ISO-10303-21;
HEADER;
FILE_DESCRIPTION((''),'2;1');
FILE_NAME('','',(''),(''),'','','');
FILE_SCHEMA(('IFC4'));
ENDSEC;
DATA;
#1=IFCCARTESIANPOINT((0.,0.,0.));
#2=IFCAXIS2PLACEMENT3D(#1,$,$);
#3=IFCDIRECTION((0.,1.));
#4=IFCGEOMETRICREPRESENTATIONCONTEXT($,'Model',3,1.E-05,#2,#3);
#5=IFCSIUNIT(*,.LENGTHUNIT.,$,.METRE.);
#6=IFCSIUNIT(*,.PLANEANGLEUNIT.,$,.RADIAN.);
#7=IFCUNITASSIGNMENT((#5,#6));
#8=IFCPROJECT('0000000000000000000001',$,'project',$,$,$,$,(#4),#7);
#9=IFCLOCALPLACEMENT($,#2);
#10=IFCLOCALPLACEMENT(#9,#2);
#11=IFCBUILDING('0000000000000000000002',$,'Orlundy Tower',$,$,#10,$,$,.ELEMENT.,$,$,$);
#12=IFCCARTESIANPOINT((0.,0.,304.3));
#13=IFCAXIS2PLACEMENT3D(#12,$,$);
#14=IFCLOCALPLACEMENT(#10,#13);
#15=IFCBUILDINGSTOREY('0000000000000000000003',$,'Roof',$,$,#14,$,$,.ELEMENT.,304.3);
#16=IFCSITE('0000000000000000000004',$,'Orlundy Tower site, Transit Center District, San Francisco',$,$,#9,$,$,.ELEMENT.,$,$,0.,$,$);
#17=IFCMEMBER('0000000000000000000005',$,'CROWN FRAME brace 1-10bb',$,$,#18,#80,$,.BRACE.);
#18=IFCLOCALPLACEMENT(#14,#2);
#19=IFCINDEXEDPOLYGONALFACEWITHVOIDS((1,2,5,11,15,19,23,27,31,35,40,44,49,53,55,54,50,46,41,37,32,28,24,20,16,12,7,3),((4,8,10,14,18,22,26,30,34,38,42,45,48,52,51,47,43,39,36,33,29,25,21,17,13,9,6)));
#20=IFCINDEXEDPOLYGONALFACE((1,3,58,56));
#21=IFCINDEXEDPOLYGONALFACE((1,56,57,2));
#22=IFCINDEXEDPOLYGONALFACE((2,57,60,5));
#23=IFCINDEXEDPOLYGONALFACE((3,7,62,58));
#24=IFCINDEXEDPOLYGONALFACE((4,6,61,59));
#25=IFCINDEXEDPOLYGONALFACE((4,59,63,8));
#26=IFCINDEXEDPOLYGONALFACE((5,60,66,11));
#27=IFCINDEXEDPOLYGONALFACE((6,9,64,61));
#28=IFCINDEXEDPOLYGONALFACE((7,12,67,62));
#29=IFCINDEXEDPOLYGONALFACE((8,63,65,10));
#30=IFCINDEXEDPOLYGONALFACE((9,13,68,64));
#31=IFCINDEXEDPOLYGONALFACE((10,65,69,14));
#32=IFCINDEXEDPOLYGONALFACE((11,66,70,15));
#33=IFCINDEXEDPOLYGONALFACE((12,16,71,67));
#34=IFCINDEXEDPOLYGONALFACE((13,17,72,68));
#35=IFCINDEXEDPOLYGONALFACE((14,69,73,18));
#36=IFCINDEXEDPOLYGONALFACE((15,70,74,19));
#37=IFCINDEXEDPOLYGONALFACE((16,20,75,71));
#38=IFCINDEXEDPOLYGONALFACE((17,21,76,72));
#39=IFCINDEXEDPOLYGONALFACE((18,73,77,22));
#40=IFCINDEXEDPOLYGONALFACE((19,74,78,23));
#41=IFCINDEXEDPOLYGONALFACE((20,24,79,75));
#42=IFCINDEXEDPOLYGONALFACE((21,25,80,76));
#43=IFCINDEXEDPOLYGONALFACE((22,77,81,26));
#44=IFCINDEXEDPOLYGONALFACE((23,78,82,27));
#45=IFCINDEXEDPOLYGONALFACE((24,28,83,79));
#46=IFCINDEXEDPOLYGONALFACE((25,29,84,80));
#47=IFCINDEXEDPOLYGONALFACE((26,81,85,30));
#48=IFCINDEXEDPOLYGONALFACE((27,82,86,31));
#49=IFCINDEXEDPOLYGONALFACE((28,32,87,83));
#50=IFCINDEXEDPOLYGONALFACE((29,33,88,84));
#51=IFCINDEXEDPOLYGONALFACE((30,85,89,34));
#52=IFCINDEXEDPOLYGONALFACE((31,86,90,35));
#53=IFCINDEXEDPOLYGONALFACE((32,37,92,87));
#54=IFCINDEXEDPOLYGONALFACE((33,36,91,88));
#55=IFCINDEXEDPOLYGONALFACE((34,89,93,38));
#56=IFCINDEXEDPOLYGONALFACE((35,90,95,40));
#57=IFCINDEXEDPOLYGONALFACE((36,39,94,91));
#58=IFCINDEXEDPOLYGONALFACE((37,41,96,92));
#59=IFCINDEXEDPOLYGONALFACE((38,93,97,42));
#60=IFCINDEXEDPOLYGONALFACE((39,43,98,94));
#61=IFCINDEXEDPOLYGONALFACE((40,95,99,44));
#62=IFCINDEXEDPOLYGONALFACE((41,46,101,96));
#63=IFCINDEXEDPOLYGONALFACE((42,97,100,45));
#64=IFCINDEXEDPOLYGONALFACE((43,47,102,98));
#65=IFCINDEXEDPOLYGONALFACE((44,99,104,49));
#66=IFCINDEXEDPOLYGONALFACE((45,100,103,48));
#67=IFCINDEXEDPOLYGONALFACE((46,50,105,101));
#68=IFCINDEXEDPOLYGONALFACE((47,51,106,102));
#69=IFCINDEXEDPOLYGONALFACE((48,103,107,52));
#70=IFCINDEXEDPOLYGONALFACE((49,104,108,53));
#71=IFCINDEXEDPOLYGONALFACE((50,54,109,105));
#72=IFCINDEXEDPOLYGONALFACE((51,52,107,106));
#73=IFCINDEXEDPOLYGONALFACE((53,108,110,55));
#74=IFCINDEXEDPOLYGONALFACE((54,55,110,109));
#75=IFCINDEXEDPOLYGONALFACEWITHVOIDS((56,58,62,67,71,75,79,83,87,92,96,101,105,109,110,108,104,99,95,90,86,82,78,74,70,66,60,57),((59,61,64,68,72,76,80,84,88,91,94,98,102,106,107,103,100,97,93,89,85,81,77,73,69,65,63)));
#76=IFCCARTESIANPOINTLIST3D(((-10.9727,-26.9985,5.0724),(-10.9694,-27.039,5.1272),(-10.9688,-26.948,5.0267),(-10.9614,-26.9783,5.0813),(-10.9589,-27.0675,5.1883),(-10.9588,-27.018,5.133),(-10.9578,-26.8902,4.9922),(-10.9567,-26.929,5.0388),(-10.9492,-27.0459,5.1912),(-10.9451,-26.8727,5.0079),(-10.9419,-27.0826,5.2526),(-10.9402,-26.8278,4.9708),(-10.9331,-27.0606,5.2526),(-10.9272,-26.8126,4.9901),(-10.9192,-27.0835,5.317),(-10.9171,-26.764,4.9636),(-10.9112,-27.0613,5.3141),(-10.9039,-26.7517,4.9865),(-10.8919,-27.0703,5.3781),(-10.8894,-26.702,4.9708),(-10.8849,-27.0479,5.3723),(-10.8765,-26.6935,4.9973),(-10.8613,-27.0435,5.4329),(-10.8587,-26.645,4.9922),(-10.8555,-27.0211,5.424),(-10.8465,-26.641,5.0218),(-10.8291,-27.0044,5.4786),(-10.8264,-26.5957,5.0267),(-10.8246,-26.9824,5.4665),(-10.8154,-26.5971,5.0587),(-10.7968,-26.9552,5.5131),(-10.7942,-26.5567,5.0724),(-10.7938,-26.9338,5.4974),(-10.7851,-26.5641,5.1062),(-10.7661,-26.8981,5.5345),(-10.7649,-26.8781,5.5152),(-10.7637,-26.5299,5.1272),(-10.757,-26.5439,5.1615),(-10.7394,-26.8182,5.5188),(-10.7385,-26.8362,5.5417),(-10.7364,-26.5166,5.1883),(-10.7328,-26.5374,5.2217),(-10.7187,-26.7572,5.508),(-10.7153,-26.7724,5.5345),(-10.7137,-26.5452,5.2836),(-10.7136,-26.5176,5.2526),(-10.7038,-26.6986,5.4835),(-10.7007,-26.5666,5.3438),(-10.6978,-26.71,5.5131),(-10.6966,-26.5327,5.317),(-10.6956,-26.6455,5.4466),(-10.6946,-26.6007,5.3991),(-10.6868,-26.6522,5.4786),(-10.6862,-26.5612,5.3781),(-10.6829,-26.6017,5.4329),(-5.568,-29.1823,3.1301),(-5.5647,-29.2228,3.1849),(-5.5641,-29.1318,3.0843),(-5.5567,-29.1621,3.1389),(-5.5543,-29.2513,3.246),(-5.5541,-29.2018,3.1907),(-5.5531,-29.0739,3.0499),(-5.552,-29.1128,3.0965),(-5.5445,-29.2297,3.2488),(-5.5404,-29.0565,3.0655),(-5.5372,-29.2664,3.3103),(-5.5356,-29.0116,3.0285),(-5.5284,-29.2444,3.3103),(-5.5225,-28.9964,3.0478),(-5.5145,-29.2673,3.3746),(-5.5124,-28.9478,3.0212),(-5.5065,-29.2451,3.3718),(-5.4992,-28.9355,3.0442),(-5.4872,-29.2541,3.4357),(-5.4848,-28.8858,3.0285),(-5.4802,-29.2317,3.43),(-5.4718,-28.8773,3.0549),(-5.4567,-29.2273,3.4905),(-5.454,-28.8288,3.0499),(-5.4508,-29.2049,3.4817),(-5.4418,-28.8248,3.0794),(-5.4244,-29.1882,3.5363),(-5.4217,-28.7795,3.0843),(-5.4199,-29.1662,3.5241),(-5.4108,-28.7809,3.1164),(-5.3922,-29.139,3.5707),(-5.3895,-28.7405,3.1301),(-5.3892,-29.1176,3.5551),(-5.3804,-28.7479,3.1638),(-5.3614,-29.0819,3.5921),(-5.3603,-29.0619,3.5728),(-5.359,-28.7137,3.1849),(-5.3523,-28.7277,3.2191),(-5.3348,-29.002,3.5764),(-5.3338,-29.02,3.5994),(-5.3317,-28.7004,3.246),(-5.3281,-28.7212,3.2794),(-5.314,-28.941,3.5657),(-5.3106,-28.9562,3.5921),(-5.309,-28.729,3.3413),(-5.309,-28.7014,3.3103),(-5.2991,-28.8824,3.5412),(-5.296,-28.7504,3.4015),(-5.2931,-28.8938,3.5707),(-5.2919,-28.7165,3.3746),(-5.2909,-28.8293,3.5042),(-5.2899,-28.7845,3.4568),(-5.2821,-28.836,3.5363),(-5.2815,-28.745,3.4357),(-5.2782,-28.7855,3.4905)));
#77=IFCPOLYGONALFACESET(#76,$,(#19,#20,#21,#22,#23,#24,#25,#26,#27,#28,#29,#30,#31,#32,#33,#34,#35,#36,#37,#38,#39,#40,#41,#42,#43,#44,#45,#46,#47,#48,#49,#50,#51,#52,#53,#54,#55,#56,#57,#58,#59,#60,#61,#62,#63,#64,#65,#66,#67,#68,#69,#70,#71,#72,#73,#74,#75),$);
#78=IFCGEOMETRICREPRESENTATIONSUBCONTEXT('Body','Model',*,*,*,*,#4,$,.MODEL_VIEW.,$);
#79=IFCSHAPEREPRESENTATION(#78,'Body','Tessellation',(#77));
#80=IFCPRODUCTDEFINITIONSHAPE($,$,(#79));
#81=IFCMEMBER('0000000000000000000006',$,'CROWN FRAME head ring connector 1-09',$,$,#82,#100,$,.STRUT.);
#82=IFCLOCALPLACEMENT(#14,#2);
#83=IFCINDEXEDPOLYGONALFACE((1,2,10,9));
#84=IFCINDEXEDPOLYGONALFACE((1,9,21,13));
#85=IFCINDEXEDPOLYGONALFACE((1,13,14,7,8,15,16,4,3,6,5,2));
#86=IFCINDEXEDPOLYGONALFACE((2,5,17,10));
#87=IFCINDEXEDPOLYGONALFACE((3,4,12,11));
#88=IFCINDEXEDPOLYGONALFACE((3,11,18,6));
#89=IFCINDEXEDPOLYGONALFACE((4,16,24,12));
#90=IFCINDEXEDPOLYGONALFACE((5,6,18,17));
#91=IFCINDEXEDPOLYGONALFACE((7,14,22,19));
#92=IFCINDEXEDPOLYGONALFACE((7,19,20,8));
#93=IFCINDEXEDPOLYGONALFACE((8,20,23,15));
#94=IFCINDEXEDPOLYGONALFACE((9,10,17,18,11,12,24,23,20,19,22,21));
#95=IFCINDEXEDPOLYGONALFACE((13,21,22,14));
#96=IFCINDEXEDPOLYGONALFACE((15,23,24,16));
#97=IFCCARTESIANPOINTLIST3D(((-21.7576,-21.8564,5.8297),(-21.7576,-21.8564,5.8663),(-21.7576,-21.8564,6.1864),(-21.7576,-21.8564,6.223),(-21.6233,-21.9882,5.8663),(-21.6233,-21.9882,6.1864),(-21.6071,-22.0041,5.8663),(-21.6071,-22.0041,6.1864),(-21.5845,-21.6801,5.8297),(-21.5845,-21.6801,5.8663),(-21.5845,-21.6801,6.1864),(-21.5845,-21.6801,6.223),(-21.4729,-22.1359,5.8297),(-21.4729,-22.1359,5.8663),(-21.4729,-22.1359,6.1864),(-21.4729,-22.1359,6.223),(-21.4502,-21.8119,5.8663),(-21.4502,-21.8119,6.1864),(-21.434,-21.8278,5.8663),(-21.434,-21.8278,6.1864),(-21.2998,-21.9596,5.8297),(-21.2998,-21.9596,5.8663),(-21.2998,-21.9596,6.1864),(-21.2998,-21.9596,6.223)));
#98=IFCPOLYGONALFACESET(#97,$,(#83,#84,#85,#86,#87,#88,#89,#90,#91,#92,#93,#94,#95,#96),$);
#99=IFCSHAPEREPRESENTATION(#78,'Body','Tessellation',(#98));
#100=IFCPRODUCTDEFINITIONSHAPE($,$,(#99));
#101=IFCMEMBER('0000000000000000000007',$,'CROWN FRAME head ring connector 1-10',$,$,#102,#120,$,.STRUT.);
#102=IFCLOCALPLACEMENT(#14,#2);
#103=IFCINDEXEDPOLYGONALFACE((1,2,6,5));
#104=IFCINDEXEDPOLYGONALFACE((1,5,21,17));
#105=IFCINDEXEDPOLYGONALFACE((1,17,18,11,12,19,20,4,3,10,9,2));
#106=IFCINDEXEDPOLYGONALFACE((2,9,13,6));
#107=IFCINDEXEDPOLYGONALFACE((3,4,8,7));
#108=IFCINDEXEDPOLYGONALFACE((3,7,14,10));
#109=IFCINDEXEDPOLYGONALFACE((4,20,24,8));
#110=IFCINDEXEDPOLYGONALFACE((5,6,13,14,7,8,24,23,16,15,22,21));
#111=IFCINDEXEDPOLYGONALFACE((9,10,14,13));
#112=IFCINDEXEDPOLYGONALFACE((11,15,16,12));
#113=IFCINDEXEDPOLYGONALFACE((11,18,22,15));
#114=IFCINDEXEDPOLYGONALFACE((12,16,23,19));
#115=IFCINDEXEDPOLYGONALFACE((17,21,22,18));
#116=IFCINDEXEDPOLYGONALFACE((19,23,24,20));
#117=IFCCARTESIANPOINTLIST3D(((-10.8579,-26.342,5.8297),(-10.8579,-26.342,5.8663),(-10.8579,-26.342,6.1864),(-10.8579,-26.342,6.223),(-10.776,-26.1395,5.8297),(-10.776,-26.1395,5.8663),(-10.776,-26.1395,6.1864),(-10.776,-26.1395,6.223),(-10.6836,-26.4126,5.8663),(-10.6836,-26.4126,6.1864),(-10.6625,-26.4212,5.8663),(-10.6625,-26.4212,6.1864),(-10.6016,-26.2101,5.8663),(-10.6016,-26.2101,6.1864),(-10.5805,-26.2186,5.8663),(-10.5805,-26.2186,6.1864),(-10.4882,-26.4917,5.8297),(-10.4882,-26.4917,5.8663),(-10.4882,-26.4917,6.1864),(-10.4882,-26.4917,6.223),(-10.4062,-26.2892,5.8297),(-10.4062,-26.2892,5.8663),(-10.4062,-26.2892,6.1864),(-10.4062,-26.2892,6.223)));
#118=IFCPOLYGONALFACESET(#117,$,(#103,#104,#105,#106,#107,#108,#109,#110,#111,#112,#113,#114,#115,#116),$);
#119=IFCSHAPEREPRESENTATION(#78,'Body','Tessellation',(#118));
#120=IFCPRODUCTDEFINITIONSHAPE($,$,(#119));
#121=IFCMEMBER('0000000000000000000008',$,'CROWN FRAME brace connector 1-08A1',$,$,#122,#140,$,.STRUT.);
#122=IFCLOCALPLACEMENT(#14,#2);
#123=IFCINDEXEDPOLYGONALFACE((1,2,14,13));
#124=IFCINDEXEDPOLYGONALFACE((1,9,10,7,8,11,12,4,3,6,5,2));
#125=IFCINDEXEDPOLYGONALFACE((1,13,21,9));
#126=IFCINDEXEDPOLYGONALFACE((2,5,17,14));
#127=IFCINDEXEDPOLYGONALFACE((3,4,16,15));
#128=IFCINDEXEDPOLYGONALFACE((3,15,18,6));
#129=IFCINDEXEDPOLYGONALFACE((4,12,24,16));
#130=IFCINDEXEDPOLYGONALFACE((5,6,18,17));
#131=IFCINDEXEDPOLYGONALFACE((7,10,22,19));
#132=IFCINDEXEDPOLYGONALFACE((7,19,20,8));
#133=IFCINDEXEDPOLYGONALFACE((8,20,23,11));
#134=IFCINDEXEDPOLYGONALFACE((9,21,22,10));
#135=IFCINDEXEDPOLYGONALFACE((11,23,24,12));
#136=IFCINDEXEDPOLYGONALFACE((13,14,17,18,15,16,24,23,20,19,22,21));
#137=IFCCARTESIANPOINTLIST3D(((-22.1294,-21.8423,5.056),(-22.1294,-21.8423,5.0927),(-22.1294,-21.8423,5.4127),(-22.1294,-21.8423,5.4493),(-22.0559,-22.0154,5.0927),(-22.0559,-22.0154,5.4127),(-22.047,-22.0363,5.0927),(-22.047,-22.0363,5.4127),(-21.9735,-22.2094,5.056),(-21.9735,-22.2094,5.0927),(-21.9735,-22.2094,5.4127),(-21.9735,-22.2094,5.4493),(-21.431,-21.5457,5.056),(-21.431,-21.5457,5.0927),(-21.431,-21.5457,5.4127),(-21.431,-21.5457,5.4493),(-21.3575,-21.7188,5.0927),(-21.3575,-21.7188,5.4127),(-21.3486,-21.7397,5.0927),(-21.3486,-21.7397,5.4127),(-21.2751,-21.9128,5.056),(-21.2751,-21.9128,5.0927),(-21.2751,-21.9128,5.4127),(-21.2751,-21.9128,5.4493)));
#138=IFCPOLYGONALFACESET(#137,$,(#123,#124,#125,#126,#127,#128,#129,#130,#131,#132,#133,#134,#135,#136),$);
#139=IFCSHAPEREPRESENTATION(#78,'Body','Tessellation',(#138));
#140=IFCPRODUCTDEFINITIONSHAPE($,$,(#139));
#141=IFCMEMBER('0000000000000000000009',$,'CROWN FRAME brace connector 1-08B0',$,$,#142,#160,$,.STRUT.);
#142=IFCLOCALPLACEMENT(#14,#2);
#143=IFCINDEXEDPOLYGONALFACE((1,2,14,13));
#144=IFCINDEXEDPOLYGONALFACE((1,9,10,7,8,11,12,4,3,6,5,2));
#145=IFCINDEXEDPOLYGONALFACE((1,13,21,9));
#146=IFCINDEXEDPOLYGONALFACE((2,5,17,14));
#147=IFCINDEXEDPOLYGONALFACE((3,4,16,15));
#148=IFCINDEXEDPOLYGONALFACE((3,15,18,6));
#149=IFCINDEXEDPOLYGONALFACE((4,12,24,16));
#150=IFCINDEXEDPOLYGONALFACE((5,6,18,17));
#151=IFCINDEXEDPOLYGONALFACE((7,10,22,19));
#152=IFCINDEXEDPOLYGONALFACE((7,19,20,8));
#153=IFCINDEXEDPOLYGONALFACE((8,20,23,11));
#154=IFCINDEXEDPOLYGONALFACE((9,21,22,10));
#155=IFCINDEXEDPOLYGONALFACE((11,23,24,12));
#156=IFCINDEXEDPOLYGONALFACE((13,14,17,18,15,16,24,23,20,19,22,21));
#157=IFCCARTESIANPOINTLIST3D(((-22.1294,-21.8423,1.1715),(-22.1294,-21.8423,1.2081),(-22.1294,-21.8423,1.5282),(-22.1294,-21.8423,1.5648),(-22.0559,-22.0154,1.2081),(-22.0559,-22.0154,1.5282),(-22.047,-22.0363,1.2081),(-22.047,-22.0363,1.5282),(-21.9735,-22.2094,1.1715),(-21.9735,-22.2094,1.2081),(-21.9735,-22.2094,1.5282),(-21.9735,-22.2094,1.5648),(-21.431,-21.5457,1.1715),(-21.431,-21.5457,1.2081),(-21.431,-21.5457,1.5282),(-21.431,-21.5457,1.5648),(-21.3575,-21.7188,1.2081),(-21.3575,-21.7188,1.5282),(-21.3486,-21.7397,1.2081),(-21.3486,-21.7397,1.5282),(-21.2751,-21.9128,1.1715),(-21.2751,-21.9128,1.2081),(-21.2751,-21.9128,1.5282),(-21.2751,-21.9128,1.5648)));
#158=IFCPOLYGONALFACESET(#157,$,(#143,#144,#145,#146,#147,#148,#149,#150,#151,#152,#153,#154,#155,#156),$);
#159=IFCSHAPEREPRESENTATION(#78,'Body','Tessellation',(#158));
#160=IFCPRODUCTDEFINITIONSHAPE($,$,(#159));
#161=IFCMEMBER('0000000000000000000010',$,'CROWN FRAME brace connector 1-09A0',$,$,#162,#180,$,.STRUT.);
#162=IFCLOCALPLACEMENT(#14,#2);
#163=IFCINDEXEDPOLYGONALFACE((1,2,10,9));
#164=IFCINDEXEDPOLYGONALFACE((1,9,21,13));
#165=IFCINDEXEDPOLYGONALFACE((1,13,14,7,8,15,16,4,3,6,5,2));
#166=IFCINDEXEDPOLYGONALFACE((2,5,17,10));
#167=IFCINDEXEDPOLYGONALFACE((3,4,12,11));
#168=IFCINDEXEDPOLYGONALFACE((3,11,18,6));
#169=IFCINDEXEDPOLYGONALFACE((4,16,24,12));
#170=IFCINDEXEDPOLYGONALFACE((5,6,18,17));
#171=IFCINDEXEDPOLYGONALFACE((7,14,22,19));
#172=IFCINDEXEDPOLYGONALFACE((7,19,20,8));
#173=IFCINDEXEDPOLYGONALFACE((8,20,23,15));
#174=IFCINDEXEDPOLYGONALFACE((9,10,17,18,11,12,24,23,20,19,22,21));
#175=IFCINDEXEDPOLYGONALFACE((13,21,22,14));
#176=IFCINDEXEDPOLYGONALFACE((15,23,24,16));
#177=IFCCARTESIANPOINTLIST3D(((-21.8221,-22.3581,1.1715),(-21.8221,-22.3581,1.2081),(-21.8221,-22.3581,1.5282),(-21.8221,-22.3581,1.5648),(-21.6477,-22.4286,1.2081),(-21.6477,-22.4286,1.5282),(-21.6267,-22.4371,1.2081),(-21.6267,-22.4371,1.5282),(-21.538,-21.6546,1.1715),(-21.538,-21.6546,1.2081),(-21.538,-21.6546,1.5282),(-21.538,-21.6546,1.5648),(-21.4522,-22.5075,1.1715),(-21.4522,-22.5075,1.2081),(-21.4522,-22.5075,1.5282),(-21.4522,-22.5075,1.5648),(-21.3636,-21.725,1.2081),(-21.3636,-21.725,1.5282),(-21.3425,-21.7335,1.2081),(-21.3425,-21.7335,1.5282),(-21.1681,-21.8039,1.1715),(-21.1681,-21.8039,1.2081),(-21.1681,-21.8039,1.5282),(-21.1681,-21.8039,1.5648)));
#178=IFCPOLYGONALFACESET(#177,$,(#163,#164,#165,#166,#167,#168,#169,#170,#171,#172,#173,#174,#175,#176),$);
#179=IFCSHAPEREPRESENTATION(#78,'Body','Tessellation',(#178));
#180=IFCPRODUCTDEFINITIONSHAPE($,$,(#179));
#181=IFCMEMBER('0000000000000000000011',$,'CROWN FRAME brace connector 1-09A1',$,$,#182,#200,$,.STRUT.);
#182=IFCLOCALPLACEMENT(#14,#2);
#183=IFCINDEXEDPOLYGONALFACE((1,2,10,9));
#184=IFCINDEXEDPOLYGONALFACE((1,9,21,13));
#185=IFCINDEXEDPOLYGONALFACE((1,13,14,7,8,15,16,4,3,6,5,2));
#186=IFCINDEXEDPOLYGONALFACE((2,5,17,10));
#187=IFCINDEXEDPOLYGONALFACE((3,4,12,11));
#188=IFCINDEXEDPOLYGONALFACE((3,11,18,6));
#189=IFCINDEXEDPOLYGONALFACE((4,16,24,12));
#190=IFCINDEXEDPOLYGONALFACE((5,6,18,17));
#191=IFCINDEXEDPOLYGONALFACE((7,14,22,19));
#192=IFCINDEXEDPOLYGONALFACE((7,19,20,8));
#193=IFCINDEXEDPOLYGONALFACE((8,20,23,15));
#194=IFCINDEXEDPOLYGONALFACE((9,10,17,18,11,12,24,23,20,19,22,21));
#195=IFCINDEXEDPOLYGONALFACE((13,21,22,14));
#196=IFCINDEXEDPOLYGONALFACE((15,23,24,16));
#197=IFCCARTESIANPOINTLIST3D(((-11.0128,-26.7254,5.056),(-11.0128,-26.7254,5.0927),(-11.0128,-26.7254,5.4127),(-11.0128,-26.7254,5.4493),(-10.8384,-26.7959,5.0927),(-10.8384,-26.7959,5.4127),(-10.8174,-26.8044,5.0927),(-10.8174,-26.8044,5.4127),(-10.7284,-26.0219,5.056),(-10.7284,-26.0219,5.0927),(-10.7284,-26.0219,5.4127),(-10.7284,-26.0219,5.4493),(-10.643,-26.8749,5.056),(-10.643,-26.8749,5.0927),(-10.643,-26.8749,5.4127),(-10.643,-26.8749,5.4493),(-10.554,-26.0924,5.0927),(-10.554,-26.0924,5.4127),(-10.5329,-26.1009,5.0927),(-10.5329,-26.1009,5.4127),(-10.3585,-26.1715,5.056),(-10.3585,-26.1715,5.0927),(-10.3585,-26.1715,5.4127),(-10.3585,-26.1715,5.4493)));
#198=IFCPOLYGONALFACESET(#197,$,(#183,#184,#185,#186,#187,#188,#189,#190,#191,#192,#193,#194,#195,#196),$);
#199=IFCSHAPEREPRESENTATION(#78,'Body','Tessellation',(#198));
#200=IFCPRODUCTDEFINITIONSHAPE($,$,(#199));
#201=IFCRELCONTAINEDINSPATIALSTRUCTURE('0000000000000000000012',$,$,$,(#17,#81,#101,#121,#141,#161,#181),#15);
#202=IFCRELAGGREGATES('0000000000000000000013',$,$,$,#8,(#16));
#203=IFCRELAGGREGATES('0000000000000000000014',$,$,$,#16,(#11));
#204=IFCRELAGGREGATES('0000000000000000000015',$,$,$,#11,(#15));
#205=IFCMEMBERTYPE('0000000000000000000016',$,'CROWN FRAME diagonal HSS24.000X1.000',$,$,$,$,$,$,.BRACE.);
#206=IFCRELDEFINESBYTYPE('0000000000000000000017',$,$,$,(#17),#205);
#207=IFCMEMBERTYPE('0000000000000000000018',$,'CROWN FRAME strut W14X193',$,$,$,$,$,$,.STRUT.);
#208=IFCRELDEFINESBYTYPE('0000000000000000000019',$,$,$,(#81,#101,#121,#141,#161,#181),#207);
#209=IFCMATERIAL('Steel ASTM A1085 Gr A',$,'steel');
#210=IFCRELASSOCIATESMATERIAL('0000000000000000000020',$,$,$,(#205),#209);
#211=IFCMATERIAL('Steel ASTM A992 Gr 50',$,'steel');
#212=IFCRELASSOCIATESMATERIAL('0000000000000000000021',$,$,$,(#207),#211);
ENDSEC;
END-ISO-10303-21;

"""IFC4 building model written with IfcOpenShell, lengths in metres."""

from ifc_helpers import new_model, si_unit, direction, frame, origin, origin_2d, place, context, subcontext, project, spatial, hollow_circle, i_section, extrude, material, material_profile, profile_set, type_object, element, save


model = new_model("IFC4")

# Units and contexts
model_context = context("Model", 3, precision=1e-05, world=origin(), true_north=direction((0.0, 1.0)))
body_context = subcontext(model_context, "Body", "Model", "MODEL_VIEW")
ifc_project = project(units=[si_unit("LENGTHUNIT", "METRE"), si_unit("PLANEANGLEUNIT", "RADIAN")], contexts=[model_context])

# Site, building, storey
site_placement = place(None, origin())
site = spatial("IfcSite", under=ifc_project, at=site_placement, Name="Orlundy Tower site, Transit Center District, San Francisco", CompositionType="ELEMENT", RefElevation=0.0)
building_placement = place(site_placement, origin())
building = spatial("IfcBuilding", under=site, at=building_placement, Name="Orlundy Tower", CompositionType="ELEMENT")
storey_placement = place(building_placement, frame((0.0, 0.0, 304.3)))
storey = spatial("IfcBuildingStorey", under=building, at=storey_placement, Name="Roof", CompositionType="ELEMENT", Elevation=304.3)

# Members
ifc_material_1 = material(Name="Steel ASTM A1085 Gr A", Category="steel")
ifc_material_profile_1 = material_profile(ifc_material_1, hollow_circle(Radius=0.3047, WallThickness=0.0237, at=origin_2d()), Name="HSS24.000X1.000")
ifc_profile_set_1 = profile_set([ifc_material_profile_1], Name="Steel ASTM A1085 Gr A")
member_type_1 = type_object("IfcMemberType", Name="CROWN FRAME diagonal HSS24.000X1.000", PredefinedType="BRACE", material=ifc_profile_set_1)
for number, where, z_axis, x_axis, name in (
    (1, (-5.4231, -28.9839, 3.3103), (-0.879627, 0.355419, 0.316122), (-0.374631, -0.927174, 0.0), "CROWN FRAME brace 1-10bb"),
):
    element("IfcMember", number, at=place(storey_placement, frame(where, z_axis=z_axis, x_axis=x_axis)), inside=storey, type_object=member_type_1, Name=name, PredefinedType="BRACE", context=body_context, shape_type="SweptSolid", body=[
        extrude(hollow_circle(Radius=0.3047, WallThickness=0.0237, at=origin_2d()), origin(), (0.0, 0.0, 1.0), 6.1443),
    ])
ifc_material_2 = material(Name="Steel ASTM A992 Gr 50", Category="steel")
ifc_material_profile_2 = material_profile(ifc_material_2, i_section(OverallWidth=0.3989, OverallDepth=0.3933, WebThickness=0.0227, FlangeThickness=0.0366, at=origin_2d()), Name="W14X193")
ifc_profile_set_2 = profile_set([ifc_material_profile_2], Name="Steel ASTM A992 Gr 50")
member_type_2 = type_object("IfcMemberType", Name="CROWN FRAME strut W14X193", PredefinedType="STRUT", material=ifc_profile_set_2)
member_1_placement = place(storey_placement, frame((-21.4421, -21.8198, 6.0264), z_axis=(-0.700654, -0.713501, 0.0), x_axis=(0.713501, -0.700654, 0.0)))
element("IfcMember", 2, at=member_1_placement, inside=storey, type_object=member_type_2, Name="CROWN FRAME head ring connector 1-09", PredefinedType="STRUT", context=body_context, shape_type="SweptSolid", body=[
    extrude(i_section(OverallWidth=0.3989, OverallDepth=0.3933, WebThickness=0.0227, FlangeThickness=0.0366, at=origin_2d()), origin(), (0.0, 0.0, 1.0), 0.2471),
])
member_2_placement = place(storey_placement, frame((-10.5911, -26.2144, 6.0264), z_axis=(-0.375238, -0.926928, 0.0), x_axis=(0.926928, -0.375238, 0.0)))
element("IfcMember", 3, at=member_2_placement, inside=storey, type_object=member_type_2, Name="CROWN FRAME head ring connector 1-10", PredefinedType="STRUT", context=body_context, shape_type="SweptSolid", body=[
    extrude(i_section(OverallWidth=0.3989, OverallDepth=0.3933, WebThickness=0.0227, FlangeThickness=0.0366, at=origin_2d()), origin(), (0.0, 0.0, 1.0), 0.2185),
])
for number, where, z_axis, x_axis, name in (
    (4, (-21.353, -21.7292, 5.2527), (-0.920438, -0.390889, 0.0), (0.390889, -0.920438, 0.0), "CROWN FRAME brace connector 1-08A1"),
    (5, (-21.353, -21.7292, 1.3682), (-0.920438, -0.390889, 0.0), (0.390889, -0.920438, 0.0), "CROWN FRAME brace connector 1-08B0"),
    (6, (-21.353, -21.7292, 1.3682), (-0.374495, -0.927229, 0.0), (0.927229, -0.374495, 0.0), "CROWN FRAME brace connector 1-09A0"),
    (7, (-10.5435, -26.0967, 5.2527), (-0.374883, -0.927072, 0.0), (0.927072, -0.374883, 0.0), "CROWN FRAME brace connector 1-09A1"),
):
    element("IfcMember", number, at=place(storey_placement, frame(where, z_axis=z_axis, x_axis=x_axis)), inside=storey, type_object=member_type_2, Name=name, PredefinedType="STRUT", context=body_context, shape_type="SweptSolid", body=[
        extrude(i_section(OverallWidth=0.3989, OverallDepth=0.3933, WebThickness=0.0227, FlangeThickness=0.0366, at=origin_2d()), origin(), (0.0, 0.0, 1.0), 0.7588),
    ])

save(model, "model.ifc")
